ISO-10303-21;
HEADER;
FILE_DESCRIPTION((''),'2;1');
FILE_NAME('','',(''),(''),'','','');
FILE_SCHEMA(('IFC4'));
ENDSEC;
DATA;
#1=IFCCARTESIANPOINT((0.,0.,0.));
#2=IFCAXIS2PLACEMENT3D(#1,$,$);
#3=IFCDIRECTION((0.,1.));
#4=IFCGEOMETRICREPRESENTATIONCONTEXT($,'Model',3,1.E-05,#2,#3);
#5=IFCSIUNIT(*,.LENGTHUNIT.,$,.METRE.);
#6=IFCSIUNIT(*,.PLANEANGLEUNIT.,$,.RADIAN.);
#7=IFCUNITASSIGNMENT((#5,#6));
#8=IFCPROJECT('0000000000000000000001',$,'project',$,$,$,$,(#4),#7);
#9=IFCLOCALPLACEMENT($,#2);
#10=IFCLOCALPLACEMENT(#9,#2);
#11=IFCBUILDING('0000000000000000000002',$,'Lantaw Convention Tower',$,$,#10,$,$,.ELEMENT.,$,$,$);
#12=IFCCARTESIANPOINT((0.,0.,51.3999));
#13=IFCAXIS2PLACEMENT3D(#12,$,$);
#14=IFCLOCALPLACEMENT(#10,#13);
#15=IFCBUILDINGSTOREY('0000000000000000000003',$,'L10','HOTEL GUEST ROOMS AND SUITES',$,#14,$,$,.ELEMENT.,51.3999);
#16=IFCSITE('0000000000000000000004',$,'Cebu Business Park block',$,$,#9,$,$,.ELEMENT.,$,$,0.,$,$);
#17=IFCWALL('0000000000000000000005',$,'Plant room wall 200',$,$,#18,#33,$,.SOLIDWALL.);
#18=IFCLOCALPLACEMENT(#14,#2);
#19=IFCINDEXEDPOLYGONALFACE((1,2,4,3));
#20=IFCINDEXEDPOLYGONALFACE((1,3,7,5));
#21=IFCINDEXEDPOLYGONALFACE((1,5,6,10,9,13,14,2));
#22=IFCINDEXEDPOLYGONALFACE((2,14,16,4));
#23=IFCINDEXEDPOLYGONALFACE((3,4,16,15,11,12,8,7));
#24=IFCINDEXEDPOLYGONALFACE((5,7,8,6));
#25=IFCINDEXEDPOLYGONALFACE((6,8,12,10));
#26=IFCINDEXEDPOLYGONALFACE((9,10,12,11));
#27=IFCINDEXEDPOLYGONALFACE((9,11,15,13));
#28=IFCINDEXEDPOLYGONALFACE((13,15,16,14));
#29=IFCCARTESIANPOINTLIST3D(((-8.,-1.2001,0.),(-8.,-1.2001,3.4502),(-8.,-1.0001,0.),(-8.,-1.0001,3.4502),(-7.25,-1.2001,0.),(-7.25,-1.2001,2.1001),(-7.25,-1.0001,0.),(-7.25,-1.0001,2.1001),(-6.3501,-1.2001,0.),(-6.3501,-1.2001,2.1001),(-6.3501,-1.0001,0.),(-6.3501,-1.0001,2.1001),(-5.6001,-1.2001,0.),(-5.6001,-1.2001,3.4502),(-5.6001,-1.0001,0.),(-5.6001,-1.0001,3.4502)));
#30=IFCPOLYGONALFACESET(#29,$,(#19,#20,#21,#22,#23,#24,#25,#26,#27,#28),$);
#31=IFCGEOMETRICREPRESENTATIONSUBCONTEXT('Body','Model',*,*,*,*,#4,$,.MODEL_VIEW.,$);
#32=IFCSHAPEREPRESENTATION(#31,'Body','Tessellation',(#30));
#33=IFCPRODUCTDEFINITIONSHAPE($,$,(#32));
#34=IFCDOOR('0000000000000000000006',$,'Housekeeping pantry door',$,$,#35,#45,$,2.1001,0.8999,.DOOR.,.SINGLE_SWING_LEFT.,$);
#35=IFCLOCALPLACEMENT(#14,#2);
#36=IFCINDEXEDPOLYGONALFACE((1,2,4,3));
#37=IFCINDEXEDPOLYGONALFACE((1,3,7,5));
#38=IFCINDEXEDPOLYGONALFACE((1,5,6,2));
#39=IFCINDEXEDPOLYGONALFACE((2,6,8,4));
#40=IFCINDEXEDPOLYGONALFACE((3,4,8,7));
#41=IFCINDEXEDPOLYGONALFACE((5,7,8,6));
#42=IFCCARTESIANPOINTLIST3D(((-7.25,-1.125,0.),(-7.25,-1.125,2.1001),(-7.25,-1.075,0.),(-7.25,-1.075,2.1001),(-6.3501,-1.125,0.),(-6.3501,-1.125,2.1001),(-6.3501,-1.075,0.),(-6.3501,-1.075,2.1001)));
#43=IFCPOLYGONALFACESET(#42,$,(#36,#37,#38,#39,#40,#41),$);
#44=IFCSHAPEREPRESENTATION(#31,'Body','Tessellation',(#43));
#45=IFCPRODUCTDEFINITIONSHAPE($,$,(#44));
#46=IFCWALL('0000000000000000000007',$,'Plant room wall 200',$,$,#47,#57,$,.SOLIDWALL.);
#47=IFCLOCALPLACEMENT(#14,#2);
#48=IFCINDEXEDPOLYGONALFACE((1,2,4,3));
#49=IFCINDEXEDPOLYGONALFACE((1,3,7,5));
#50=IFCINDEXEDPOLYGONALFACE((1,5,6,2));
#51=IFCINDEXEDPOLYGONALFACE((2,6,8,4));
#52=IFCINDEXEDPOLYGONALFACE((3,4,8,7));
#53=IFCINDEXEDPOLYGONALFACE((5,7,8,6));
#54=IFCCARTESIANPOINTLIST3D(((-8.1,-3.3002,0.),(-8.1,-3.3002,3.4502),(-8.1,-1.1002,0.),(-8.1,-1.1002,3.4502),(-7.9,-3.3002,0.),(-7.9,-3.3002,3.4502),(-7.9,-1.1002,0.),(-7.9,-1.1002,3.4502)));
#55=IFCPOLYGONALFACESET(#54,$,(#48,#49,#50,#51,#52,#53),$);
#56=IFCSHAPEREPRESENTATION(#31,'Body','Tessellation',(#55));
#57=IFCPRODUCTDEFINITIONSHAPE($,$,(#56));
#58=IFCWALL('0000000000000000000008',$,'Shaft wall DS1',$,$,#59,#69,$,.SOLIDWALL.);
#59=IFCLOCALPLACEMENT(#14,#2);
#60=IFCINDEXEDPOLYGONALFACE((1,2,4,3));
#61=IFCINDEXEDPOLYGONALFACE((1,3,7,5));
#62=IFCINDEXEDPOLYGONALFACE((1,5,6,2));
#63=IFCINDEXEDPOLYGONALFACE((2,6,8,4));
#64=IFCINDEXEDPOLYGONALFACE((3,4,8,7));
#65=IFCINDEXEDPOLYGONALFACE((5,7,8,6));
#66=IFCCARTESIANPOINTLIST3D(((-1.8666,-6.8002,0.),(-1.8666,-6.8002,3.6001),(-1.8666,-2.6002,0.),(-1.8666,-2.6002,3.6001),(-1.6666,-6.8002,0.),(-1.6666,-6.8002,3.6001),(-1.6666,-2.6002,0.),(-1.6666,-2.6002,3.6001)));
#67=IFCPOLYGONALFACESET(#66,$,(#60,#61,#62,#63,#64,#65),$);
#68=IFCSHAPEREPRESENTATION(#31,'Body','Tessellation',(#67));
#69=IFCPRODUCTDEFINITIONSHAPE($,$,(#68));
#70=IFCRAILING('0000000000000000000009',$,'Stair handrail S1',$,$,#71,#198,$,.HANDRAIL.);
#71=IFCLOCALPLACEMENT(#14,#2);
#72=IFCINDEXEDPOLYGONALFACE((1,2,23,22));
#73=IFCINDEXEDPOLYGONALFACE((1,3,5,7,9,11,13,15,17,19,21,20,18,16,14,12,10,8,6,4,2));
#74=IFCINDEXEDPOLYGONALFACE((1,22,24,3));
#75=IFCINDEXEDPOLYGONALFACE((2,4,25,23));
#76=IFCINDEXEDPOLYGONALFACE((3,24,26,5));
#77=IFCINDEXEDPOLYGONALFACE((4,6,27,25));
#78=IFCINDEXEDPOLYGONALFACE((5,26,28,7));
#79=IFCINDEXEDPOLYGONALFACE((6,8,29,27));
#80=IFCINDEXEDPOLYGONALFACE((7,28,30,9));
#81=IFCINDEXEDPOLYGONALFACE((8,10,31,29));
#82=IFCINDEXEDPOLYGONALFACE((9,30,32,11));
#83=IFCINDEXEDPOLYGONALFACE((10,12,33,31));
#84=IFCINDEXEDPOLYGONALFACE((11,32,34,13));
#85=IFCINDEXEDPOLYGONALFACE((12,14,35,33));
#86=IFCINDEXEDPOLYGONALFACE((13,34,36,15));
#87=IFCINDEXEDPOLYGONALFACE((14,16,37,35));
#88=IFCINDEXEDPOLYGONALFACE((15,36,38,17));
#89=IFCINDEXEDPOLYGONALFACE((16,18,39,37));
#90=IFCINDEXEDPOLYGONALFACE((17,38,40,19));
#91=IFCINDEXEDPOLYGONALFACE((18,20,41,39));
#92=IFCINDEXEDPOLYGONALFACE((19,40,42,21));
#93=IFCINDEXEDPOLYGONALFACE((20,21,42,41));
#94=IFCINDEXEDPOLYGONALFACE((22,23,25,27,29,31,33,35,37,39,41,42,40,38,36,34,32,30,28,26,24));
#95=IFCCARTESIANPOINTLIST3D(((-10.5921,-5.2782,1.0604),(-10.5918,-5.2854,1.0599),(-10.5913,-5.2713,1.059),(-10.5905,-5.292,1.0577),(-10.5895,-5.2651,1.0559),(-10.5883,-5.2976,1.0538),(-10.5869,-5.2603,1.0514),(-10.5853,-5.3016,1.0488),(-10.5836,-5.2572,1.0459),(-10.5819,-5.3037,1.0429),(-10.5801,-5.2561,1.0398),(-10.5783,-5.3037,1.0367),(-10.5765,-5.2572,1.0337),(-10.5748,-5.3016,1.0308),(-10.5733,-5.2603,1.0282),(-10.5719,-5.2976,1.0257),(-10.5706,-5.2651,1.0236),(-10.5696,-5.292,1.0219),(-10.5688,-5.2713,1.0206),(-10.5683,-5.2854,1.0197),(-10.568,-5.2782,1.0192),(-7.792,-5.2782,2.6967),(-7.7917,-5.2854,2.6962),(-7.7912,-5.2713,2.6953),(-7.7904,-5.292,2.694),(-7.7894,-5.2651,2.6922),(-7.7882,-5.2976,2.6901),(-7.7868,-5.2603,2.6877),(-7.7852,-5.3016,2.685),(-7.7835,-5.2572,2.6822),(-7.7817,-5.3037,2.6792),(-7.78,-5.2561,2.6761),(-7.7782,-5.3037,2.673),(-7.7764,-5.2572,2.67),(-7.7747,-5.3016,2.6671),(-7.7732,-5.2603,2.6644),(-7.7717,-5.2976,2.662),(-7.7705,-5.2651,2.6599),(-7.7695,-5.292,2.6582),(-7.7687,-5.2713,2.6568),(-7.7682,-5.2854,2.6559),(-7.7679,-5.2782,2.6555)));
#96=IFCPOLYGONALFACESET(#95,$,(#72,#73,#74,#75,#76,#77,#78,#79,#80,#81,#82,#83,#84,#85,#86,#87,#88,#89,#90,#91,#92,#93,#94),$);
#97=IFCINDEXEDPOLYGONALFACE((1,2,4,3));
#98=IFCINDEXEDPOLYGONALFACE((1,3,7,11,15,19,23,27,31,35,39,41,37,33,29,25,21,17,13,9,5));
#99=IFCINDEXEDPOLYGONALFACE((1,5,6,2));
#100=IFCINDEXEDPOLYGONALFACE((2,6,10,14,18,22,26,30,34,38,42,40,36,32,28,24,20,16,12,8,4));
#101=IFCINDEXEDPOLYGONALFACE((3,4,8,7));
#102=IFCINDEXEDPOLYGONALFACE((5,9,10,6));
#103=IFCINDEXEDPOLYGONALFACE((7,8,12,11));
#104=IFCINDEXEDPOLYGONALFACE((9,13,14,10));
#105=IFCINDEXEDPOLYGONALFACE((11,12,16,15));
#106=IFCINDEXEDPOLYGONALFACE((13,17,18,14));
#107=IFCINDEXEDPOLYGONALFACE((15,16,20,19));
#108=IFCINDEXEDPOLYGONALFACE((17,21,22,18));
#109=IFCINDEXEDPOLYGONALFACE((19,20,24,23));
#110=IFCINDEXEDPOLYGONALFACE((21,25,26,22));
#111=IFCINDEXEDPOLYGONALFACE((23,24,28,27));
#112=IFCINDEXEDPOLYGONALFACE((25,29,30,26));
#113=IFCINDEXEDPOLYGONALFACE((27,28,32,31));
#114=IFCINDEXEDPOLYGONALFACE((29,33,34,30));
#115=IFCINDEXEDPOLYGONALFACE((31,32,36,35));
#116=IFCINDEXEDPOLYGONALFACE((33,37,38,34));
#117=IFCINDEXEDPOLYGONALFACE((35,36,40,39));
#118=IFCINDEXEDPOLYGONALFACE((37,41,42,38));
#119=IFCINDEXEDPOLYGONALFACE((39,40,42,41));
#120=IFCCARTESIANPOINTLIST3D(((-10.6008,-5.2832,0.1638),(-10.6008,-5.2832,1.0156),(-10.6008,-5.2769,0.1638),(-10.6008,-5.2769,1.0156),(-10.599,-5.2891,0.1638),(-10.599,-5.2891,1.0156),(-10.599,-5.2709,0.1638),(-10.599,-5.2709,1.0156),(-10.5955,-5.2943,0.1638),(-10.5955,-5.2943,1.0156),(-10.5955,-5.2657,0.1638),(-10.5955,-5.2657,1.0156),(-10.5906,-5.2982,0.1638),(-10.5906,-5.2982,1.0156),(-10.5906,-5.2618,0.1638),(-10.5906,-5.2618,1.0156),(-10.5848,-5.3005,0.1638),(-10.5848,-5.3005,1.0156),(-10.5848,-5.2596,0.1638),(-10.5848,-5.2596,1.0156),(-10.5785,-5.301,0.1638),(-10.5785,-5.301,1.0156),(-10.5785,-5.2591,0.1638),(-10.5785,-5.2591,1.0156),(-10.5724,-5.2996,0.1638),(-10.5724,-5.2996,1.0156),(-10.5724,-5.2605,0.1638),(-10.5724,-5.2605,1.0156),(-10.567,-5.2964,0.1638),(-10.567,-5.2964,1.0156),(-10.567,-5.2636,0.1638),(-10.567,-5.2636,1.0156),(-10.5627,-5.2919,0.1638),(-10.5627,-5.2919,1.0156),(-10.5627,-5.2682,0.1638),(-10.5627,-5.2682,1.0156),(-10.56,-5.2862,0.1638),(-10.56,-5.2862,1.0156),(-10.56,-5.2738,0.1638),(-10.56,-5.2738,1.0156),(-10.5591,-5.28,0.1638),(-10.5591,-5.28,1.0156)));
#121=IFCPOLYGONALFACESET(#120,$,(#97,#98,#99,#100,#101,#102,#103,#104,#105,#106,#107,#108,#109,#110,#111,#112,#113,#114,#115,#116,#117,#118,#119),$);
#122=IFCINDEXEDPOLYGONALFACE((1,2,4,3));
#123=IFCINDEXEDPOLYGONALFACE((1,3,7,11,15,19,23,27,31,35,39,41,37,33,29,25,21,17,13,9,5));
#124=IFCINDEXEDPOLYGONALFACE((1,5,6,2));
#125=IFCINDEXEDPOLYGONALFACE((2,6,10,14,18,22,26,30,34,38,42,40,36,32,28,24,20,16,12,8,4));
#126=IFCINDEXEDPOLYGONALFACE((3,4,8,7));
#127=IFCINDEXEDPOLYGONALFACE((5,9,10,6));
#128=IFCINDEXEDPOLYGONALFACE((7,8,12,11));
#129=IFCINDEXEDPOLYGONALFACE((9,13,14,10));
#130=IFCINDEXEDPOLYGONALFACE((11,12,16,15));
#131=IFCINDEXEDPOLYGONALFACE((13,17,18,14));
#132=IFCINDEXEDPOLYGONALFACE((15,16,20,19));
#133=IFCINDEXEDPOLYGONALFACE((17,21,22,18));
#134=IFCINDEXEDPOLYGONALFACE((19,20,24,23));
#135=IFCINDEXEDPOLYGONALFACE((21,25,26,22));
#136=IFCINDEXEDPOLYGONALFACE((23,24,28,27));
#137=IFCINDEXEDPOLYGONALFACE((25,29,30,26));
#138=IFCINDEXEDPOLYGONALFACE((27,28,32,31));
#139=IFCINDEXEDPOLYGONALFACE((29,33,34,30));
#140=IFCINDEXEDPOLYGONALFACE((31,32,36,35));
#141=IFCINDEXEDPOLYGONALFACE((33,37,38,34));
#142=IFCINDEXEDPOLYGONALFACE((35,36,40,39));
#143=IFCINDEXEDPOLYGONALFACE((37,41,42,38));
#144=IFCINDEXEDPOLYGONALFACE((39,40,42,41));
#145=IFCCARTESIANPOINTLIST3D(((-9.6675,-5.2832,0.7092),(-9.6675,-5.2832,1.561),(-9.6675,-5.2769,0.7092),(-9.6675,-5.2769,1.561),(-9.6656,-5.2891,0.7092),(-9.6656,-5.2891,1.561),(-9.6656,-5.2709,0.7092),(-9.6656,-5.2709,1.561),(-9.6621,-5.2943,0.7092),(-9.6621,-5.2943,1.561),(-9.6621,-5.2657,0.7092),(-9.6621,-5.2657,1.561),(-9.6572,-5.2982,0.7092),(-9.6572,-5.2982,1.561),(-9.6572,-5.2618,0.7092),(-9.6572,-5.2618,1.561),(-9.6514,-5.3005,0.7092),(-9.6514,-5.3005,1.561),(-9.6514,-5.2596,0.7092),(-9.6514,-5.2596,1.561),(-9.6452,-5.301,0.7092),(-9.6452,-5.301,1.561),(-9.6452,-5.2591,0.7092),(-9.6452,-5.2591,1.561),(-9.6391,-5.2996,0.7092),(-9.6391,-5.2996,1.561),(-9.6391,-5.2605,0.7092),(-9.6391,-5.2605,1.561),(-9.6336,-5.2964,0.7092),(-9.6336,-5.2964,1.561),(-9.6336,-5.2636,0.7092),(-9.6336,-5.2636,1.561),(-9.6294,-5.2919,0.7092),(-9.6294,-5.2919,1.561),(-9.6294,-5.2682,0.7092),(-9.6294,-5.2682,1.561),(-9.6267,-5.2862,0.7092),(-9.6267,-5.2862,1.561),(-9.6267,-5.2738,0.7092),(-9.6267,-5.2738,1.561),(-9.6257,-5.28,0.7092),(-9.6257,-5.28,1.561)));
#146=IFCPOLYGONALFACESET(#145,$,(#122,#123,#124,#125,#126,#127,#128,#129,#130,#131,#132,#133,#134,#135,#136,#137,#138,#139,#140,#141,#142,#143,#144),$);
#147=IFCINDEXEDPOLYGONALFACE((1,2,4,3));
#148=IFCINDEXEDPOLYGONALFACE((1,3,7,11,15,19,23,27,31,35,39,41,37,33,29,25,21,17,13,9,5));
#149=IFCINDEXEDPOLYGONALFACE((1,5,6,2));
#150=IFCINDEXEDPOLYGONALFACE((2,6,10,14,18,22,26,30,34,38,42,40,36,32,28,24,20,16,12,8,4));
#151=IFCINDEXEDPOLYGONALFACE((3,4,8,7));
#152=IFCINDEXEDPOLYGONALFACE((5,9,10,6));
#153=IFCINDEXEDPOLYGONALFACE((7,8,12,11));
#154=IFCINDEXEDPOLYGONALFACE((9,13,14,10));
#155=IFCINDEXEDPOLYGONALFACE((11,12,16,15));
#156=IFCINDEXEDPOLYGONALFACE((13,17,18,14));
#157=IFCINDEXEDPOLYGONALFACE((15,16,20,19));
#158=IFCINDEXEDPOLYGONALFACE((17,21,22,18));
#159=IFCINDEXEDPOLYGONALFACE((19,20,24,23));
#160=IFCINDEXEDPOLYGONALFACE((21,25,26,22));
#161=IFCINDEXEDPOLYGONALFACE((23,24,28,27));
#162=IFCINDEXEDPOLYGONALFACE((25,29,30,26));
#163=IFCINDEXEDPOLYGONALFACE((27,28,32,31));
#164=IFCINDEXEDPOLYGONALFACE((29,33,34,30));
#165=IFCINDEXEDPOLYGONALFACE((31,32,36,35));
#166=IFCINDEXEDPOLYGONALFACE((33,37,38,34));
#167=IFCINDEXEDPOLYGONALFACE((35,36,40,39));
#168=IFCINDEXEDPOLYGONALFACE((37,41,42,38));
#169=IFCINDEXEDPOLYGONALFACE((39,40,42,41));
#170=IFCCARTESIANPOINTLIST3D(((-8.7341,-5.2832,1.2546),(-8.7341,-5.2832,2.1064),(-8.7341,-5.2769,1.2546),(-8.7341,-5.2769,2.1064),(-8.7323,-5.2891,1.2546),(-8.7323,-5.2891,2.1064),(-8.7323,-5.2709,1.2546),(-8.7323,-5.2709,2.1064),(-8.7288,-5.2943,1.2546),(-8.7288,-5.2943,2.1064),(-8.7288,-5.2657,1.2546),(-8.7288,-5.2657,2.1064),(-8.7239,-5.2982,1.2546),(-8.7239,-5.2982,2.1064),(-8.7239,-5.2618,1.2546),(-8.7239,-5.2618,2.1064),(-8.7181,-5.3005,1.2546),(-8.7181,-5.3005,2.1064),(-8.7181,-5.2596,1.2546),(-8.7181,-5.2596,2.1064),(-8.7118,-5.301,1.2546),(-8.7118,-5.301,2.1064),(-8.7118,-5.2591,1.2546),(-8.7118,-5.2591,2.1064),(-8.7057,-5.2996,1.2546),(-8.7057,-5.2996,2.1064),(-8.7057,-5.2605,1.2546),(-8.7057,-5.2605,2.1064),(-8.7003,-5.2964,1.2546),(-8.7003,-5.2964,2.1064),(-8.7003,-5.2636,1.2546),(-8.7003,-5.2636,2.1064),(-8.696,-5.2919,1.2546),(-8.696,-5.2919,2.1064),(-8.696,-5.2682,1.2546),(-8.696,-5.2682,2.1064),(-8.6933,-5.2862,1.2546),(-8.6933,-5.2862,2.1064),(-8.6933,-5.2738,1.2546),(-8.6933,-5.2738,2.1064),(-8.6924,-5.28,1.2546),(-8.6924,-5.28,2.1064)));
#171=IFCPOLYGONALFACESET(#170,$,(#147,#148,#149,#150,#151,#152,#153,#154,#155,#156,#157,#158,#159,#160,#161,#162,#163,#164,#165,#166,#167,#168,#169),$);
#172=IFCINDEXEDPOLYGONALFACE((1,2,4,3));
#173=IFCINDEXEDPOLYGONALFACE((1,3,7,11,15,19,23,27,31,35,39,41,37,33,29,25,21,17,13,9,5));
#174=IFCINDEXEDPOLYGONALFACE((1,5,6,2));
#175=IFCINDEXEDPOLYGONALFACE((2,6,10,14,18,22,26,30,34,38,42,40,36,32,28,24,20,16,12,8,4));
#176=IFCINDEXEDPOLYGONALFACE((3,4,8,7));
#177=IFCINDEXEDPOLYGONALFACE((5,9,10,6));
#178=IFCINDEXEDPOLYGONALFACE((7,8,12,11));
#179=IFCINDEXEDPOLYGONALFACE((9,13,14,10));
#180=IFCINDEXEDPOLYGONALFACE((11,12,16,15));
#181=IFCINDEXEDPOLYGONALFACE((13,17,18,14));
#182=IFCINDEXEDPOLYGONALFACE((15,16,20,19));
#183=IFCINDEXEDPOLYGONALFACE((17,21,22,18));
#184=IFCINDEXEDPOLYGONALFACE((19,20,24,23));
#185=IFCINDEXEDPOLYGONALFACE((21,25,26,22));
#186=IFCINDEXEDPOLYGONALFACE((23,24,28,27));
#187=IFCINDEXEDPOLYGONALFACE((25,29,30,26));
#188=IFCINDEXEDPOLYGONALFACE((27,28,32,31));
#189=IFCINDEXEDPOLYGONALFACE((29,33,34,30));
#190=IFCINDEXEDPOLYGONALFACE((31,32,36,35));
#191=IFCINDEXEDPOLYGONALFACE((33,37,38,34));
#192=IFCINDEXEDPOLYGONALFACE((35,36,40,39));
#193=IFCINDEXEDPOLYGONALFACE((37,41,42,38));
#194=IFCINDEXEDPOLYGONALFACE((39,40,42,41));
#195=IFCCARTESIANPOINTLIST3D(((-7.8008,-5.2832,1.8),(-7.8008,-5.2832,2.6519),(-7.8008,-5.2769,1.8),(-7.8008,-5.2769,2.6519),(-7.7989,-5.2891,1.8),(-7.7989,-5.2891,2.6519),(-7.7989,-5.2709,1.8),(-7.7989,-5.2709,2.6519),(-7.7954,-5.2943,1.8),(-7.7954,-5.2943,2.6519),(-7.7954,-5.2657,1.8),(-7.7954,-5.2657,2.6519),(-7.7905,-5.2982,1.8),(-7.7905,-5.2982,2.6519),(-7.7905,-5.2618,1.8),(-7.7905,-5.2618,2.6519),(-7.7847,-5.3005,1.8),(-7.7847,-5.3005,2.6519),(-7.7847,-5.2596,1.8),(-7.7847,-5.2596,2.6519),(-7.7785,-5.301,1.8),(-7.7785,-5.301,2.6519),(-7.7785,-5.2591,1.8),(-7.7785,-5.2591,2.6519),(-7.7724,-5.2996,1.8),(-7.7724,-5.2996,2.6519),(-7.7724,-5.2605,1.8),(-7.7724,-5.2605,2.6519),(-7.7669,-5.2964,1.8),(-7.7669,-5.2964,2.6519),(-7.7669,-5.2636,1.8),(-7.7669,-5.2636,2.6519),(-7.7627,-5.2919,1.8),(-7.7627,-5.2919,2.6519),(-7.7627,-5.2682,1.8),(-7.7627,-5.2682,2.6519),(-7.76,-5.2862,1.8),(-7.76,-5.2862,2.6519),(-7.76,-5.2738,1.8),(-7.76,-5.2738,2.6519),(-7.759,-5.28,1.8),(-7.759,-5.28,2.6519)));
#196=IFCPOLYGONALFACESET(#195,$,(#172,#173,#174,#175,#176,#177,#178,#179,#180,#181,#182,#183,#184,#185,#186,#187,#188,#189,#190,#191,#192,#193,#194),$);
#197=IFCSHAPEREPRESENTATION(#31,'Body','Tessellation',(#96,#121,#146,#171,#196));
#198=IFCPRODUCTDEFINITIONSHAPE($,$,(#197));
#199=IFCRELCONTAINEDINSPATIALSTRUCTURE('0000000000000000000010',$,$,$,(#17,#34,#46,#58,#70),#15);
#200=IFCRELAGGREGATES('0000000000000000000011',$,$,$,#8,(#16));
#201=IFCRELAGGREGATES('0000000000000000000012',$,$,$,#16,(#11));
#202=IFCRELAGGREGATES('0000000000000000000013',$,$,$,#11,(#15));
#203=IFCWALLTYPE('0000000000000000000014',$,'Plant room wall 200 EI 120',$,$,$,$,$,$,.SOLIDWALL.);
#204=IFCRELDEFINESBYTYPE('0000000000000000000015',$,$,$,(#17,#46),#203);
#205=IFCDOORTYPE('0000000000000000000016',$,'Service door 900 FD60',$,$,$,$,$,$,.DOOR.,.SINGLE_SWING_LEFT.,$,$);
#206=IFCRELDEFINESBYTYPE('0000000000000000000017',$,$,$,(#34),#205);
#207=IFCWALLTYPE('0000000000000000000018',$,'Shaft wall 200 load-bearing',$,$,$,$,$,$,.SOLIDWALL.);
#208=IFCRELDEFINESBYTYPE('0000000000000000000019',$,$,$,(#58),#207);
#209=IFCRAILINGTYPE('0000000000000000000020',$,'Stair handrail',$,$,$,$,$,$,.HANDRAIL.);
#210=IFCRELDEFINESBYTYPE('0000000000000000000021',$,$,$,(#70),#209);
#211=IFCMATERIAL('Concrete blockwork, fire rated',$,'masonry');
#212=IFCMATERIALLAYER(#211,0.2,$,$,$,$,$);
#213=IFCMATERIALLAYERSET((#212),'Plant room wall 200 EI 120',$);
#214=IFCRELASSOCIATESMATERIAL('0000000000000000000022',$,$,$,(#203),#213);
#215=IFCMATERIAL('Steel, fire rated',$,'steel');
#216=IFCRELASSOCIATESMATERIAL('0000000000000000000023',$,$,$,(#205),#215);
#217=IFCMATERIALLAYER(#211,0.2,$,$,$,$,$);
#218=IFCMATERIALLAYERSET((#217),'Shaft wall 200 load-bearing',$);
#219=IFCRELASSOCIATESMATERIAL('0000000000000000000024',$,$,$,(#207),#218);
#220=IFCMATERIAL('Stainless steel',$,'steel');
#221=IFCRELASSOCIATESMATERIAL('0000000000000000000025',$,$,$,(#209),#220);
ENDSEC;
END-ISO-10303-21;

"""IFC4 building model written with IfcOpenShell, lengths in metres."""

from ifc_helpers import new_model, si_unit, direction, frame, frame_2d, origin, origin_2d, place, context, subcontext, project, spatial, rectangle, circle, extrude, material, layer, layer_set, type_object, element, fill, save


model = new_model("IFC4")

# Units and contexts
model_context = context("Model", 3, precision=1e-05, world=origin(), true_north=direction((0.0, 1.0)))
body_context = subcontext(model_context, "Body", "Model", "MODEL_VIEW")
ifc_project = project(units=[si_unit("LENGTHUNIT", "METRE"), si_unit("PLANEANGLEUNIT", "RADIAN")], contexts=[model_context])

# Site, building, storey
site_placement = place(None, origin())
site = spatial("IfcSite", under=ifc_project, at=site_placement, Name="Cebu Business Park block", CompositionType="ELEMENT", RefElevation=0.0)
building_placement = place(site_placement, origin())
building = spatial("IfcBuilding", under=site, at=building_placement, Name="Lantaw Convention Tower", CompositionType="ELEMENT")
storey_placement = place(building_placement, frame((0.0, 0.0, 51.3999)))
storey = spatial("IfcBuildingStorey", under=building, at=storey_placement, Name="L10", Description="HOTEL GUEST ROOMS AND SUITES", CompositionType="ELEMENT", Elevation=51.3999)

# Shared definitions
ifc_material_1 = material(Name="Steel, fire rated", Category="steel")

# Shared definitions
ifc_material_2 = material(Name="Stainless steel", Category="steel")

# Wall, opening, door
ifc_material_3 = material(Name="Concrete blockwork, fire rated", Category="masonry")
ifc_layer_1 = layer(ifc_material_3, 0.2)
ifc_layer_set_1 = layer_set([ifc_layer_1], Name="Plant room wall 200 EI 120")
wall_type_1 = type_object("IfcWallType", Name="Plant room wall 200 EI 120", PredefinedType="SOLIDWALL", material=ifc_layer_set_1)
wall_1_placement = place(storey_placement, frame((-5.6001, -1.1001, 0.0), z_axis=(0.0, 0.0, 1.0), x_axis=(-1.0, 0.0, 0.0)))
wall_1 = element("IfcWall", 1, at=wall_1_placement, inside=storey, type_object=wall_type_1, Name="Plant room wall 200", PredefinedType="SOLIDWALL", context=body_context, shape_type="SweptSolid", body=[
    extrude(rectangle(XDim=2.3999, YDim=0.2, at=frame_2d((1.2, 0.0))), origin(), (0.0, 0.0, 1.0), 3.4502),
])
opening_1_placement = place(wall_1_placement, frame((0.75, 0.0, 0.0)))
opening_1 = element("IfcOpeningElement", 2, at=opening_1_placement, cuts=wall_1, PredefinedType="OPENING", context=body_context, shape_type="SweptSolid", body=[
    extrude(rectangle(XDim=0.8999, YDim=2.1001, at=frame_2d((0.45, 1.05))), frame((0.0, 0.1099, 0.0), z_axis=(0.0, -1.0, 0.0), x_axis=(1.0, 0.0, 0.0)), (0.0, 0.0, 1.0), 0.22),
])
door_type_1 = type_object("IfcDoorType", Name="Service door 900 FD60", OperationType="SINGLE_SWING_LEFT", PredefinedType="DOOR", material=ifc_material_1)
door_1_placement = place(opening_1_placement, origin())
door_1 = element("IfcDoor", 3, at=door_1_placement, inside=storey, type_object=door_type_1, Name="Housekeeping pantry door", OperationType="SINGLE_SWING_LEFT", OverallHeight=2.1001, OverallWidth=0.8999, PredefinedType="DOOR", context=body_context, shape_type="SweptSolid", body=[
    extrude(rectangle(XDim=0.8999, YDim=2.1001, at=frame_2d((0.45, 1.05))), frame((0.0, 0.0249, 0.0), z_axis=(0.0, -1.0, 0.0), x_axis=(1.0, 0.0, 0.0)), (0.0, 0.0, 1.0), 0.05),
])
fill(opening_1, door_1)

# Walls
wall_2_placement = place(storey_placement, frame((-8.0, -1.1001, 0.0), z_axis=(0.0, 0.0, 1.0), x_axis=(0.0, -1.0, 0.0)))
element("IfcWall", 4, at=wall_2_placement, inside=storey, type_object=wall_type_1, Name="Plant room wall 200", PredefinedType="SOLIDWALL", context=body_context, shape_type="SweptSolid", body=[
    extrude(rectangle(XDim=2.2, YDim=0.2, at=frame_2d((1.1001, 0.0))), origin(), (0.0, 0.0, 1.0), 3.4502),
])
ifc_layer_2 = layer(ifc_material_3, 0.2)
ifc_layer_set_2 = layer_set([ifc_layer_2], Name="Shaft wall 200 load-bearing")
wall_type_2 = type_object("IfcWallType", Name="Shaft wall 200 load-bearing", PredefinedType="SOLIDWALL", material=ifc_layer_set_2)
wall_3_placement = place(storey_placement, frame((-1.7666, -2.6001, 0.0), z_axis=(0.0, 0.0, 1.0), x_axis=(0.0, -1.0, 0.0)))
element("IfcWall", 5, at=wall_3_placement, inside=storey, type_object=wall_type_2, Name="Shaft wall DS1", PredefinedType="SOLIDWALL", context=body_context, shape_type="SweptSolid", body=[
    extrude(rectangle(XDim=4.2, YDim=0.2, at=frame_2d((2.1001, 0.0))), origin(), (0.0, 0.0, 1.0), 3.6001),
])

# Railing
railing_type = type_object("IfcRailingType", Name="Stair handrail", PredefinedType="HANDRAIL", material=ifc_material_2)
railing_1_placement = place(storey_placement, frame((-10.5801, -5.28, 0.1638)))
element("IfcRailing", 6, at=railing_1_placement, inside=storey, type_object=railing_type, Name="Stair handrail S1", PredefinedType="HANDRAIL", context=body_context, shape_type="SweptSolid", body=[
    extrude(circle(Radius=0.0239, at=origin_2d()), frame((0.0, 0.0, 0.876), z_axis=(0.863394, 0.0, 0.504531), x_axis=(0.0, 1.0, 0.0)), (0.0, 0.0, 1.0), 3.2432),
    extrude(circle(Radius=0.021, at=origin_2d()), origin(), (0.0, 0.0, 1.0), 0.8518),
    extrude(circle(Radius=0.021, at=origin_2d()), frame((0.9333, 0.0, 0.5454)), (0.0, 0.0, 1.0), 0.8518),
    extrude(circle(Radius=0.021, at=origin_2d()), frame((1.8667, 0.0, 1.0908)), (0.0, 0.0, 1.0), 0.8518),
    extrude(circle(Radius=0.021, at=origin_2d()), frame((2.8, 0.0, 1.6362)), (0.0, 0.0, 1.0), 0.8518),
])

save(model, "model.ifc")
